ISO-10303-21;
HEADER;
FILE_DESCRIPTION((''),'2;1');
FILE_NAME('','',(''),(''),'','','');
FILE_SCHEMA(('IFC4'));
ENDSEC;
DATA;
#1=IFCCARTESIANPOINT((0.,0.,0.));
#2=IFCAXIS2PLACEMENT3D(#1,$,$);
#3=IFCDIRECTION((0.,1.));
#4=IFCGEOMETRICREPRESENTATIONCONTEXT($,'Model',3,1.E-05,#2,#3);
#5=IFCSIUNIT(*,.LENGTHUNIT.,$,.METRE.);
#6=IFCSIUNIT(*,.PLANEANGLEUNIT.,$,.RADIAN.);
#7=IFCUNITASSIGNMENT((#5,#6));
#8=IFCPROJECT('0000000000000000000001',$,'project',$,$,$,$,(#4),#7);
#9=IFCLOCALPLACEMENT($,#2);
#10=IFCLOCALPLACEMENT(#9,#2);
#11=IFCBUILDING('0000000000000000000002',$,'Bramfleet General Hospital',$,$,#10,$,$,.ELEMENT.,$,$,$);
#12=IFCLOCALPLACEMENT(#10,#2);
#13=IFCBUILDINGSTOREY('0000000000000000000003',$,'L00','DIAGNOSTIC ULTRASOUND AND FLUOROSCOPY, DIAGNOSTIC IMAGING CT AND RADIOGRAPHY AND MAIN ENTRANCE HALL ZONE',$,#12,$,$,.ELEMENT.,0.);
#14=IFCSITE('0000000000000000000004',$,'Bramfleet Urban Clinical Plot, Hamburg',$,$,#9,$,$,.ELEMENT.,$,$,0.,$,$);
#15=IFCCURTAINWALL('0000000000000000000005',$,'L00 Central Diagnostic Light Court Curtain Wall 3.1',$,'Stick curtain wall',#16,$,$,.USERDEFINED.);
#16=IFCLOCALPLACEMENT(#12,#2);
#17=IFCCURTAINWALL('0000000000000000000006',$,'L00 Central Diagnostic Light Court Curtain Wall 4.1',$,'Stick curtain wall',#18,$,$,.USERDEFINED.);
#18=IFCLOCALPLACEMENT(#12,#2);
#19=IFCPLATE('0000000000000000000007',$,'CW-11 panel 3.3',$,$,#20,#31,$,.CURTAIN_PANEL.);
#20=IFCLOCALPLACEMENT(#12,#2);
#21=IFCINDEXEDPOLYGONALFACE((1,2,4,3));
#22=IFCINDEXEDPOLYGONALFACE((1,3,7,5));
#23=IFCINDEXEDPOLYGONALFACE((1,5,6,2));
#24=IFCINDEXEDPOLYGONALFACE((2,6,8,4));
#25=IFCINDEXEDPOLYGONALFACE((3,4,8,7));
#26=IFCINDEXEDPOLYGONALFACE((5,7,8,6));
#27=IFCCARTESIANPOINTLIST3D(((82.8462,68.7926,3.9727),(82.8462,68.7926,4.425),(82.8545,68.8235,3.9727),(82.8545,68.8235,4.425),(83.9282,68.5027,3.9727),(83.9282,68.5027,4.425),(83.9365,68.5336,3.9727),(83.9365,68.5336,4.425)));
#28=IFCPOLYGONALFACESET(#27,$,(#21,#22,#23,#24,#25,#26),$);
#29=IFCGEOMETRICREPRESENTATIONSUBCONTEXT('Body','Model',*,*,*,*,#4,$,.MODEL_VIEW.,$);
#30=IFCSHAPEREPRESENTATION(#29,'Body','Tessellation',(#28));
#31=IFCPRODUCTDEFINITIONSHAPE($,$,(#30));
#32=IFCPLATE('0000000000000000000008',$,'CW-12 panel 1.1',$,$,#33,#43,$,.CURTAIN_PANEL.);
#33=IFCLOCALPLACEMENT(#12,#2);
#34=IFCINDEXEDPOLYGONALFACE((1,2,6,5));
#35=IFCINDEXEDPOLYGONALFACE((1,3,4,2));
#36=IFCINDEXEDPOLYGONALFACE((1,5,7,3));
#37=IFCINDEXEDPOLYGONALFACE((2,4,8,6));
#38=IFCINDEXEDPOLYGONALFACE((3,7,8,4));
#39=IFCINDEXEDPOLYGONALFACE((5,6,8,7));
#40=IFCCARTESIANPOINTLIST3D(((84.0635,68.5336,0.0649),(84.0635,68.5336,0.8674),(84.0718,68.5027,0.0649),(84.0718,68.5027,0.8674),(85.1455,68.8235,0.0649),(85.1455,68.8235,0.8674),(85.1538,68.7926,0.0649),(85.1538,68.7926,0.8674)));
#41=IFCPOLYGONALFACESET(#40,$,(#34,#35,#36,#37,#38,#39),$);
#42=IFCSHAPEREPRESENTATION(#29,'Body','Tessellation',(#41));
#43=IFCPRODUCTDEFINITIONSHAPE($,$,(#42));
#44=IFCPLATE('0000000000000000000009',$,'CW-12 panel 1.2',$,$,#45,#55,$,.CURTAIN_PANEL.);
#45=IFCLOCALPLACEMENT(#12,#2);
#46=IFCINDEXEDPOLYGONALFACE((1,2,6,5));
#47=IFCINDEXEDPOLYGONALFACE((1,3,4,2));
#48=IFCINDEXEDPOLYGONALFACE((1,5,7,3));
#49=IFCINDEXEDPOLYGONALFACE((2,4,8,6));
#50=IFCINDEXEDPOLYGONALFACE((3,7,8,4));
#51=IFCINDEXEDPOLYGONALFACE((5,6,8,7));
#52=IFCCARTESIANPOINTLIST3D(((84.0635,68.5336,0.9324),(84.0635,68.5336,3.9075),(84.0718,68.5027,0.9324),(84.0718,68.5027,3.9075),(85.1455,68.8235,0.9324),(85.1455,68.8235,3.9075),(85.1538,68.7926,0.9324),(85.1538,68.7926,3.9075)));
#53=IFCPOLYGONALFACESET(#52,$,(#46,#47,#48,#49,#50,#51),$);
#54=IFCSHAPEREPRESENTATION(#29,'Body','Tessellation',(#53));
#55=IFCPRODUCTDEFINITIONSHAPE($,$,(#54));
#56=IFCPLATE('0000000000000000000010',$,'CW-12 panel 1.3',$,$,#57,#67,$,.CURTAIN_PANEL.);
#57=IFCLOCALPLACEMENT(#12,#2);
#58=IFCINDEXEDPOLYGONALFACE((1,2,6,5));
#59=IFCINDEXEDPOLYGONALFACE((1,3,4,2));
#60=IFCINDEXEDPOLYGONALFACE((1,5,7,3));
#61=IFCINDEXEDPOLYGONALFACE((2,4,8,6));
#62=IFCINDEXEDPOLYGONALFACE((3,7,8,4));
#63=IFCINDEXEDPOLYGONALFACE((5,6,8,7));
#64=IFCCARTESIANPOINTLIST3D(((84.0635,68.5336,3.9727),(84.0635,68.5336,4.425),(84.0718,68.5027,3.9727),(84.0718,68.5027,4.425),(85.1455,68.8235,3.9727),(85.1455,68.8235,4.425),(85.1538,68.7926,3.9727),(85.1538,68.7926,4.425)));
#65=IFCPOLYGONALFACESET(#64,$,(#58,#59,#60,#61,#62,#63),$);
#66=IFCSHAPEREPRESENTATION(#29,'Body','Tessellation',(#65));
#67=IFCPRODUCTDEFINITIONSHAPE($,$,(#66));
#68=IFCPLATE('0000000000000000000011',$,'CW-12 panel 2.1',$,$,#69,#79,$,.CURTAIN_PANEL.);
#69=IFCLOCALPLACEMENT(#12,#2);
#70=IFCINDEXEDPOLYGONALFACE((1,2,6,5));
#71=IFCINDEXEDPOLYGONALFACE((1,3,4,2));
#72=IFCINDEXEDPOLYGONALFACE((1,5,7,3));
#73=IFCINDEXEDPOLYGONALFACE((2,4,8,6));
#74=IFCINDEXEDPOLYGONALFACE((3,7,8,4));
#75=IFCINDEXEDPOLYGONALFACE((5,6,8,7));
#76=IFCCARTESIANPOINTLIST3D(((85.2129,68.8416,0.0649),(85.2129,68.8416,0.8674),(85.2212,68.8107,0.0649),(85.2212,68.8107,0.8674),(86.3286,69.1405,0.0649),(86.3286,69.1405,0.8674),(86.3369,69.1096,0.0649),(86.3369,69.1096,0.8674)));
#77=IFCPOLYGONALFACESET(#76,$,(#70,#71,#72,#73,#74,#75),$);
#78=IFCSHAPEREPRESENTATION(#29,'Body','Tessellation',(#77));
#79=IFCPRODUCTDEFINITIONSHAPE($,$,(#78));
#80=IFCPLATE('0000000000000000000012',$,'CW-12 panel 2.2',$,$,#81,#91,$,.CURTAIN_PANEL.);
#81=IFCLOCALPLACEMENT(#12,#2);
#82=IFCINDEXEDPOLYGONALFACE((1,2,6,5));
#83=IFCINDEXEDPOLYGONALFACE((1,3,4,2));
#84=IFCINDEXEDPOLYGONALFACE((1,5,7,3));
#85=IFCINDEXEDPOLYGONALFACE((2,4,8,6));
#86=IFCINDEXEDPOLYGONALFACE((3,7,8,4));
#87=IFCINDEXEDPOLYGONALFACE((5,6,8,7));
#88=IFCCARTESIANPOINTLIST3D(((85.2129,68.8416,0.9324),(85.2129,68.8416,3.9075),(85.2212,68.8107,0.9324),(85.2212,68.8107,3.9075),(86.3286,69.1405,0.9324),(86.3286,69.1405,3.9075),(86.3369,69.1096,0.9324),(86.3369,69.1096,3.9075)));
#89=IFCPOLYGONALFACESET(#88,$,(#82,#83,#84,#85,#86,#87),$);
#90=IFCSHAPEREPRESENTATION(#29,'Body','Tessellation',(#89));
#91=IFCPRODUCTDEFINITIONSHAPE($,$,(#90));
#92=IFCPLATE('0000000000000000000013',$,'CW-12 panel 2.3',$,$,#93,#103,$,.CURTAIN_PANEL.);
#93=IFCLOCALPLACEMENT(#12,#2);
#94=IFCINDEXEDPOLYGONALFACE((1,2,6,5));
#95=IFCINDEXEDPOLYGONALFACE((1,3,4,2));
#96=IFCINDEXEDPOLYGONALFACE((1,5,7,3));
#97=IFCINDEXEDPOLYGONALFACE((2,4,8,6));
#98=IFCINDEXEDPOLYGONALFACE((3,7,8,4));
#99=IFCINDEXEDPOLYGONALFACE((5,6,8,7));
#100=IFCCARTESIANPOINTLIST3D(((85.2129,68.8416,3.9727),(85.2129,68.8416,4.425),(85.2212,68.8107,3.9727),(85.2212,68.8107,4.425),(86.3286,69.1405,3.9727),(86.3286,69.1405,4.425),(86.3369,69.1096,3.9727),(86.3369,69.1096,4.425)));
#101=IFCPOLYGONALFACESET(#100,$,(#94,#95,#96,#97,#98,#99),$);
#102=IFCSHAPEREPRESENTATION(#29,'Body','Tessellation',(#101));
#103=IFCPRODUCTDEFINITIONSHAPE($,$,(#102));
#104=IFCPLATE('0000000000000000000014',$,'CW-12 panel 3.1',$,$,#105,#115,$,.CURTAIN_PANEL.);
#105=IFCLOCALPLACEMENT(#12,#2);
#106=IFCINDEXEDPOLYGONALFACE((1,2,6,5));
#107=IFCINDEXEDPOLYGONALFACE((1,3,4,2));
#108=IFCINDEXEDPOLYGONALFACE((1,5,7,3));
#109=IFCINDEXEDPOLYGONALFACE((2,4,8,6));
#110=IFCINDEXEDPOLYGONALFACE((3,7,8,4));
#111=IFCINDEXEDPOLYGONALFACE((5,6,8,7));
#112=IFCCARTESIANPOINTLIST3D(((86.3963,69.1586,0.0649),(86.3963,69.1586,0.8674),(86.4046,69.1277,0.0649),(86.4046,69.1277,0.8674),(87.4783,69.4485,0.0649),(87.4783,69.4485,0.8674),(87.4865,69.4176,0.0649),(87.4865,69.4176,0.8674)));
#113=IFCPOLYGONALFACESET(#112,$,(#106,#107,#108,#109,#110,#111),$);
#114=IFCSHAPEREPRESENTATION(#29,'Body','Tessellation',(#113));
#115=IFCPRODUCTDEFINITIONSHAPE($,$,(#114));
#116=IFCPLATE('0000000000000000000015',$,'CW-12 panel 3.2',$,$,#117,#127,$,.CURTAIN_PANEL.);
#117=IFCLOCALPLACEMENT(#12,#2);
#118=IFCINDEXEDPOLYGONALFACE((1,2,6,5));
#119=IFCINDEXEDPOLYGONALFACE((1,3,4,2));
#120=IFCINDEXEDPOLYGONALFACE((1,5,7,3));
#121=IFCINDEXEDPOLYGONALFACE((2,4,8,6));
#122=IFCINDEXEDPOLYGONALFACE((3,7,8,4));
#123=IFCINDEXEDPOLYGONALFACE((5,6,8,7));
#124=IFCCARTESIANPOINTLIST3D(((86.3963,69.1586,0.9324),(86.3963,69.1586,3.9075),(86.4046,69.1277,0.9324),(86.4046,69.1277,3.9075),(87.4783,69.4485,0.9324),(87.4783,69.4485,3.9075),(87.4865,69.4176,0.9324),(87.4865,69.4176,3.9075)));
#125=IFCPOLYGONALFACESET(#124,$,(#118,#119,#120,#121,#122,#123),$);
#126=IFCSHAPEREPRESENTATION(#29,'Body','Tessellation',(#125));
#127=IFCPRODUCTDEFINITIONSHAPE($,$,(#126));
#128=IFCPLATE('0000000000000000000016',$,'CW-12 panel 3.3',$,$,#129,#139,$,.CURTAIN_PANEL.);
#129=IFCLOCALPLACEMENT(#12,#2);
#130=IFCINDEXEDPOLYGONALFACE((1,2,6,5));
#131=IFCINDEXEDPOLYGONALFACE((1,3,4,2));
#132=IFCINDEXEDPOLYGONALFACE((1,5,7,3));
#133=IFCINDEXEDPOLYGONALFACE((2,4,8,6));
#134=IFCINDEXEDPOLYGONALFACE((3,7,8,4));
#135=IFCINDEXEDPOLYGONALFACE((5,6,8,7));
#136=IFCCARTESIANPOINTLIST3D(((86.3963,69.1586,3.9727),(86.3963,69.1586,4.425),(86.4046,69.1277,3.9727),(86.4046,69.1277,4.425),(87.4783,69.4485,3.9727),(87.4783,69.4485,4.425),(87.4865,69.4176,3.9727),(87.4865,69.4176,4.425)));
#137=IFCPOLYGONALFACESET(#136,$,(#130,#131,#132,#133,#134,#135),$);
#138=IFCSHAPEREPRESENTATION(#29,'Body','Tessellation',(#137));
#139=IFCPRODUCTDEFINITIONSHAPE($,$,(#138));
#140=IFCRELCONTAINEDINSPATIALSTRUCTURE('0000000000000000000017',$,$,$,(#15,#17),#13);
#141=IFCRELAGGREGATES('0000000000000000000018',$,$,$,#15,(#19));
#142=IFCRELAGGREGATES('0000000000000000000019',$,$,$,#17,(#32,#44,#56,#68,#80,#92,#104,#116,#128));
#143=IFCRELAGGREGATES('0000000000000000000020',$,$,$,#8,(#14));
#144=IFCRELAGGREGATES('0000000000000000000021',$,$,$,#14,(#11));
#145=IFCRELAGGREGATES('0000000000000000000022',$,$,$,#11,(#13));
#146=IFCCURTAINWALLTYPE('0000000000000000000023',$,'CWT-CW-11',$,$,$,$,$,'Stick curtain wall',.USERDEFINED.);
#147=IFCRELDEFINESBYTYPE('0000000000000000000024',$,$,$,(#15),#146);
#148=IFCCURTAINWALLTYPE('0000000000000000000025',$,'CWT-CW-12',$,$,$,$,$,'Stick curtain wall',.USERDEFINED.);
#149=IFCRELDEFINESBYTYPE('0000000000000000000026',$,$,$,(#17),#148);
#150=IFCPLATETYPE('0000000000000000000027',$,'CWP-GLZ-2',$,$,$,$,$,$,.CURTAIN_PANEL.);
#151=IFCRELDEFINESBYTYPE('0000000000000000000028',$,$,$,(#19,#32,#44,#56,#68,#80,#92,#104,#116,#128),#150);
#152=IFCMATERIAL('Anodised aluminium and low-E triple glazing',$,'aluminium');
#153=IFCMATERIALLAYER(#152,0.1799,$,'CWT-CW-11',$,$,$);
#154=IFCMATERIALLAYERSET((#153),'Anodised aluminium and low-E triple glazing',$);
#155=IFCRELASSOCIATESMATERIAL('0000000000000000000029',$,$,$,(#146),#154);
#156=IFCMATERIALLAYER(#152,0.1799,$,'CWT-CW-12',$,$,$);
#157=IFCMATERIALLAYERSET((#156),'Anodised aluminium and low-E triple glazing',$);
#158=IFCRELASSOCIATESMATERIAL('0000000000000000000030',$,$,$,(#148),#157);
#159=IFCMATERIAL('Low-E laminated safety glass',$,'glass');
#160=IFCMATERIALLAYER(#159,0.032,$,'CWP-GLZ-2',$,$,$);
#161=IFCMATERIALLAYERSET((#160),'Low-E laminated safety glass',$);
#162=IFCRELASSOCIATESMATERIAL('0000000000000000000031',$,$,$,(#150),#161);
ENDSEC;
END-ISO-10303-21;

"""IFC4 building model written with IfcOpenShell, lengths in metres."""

from ifc_helpers import new_model, si_unit, direction, frame, origin, origin_2d, place, context, subcontext, project, spatial, rectangle, extrude, material, layer, layer_set, type_object, element, aggregate, save


model = new_model("IFC4")

# Units and contexts
model_context = context("Model", 3, precision=1e-05, world=origin(), true_north=direction((0.0, 1.0)))
body_context = subcontext(model_context, "Body", "Model", "MODEL_VIEW")
ifc_project = project(units=[si_unit("LENGTHUNIT", "METRE"), si_unit("PLANEANGLEUNIT", "RADIAN")], contexts=[model_context])

# Site, building, storey
site_placement = place(None, origin())
site = spatial("IfcSite", under=ifc_project, at=site_placement, Name="Bramfleet Urban Clinical Plot, Hamburg", CompositionType="ELEMENT", RefElevation=0.0)
building_placement = place(site_placement, origin())
building = spatial("IfcBuilding", under=site, at=building_placement, Name="Bramfleet General Hospital", CompositionType="ELEMENT")
storey_placement = place(building_placement, origin())
storey = spatial("IfcBuildingStorey", under=building, at=storey_placement, Name="L00", Description="DIAGNOSTIC ULTRASOUND AND FLUOROSCOPY, DIAGNOSTIC IMAGING CT AND RADIOGRAPHY AND MAIN ENTRANCE HALL ZONE", CompositionType="ELEMENT", Elevation=0.0)

# Curtain wall
ifc_material_1 = material(Name="Anodised aluminium and low-E triple glazing", Category="aluminium")
ifc_layer_1 = layer(ifc_material_1, 0.1799, Name="CWT-CW-11")
ifc_layer_set_1 = layer_set([ifc_layer_1], Name="Anodised aluminium and low-E triple glazing")
curtain_wall_type_1 = type_object("IfcCurtainWallType", Name="CWT-CW-11", ElementType="Stick curtain wall", PredefinedType="USERDEFINED", material=ifc_layer_set_1)
curtain_wall_1_placement = place(storey_placement, origin())
curtain_wall_1 = element("IfcCurtainWall", 1, at=curtain_wall_1_placement, inside=storey, type_object=curtain_wall_type_1, Name="L00 Central Diagnostic Light Court Curtain Wall 3.1", ObjectType="Stick curtain wall", PredefinedType="USERDEFINED")

# Curtain wall
ifc_layer_2 = layer(ifc_material_1, 0.1799, Name="CWT-CW-12")
ifc_layer_set_2 = layer_set([ifc_layer_2], Name="Anodised aluminium and low-E triple glazing")
curtain_wall_type_2 = type_object("IfcCurtainWallType", Name="CWT-CW-12", ElementType="Stick curtain wall", PredefinedType="USERDEFINED", material=ifc_layer_set_2)
curtain_wall_2_placement = place(storey_placement, origin())
curtain_wall_2 = element("IfcCurtainWall", 2, at=curtain_wall_2_placement, inside=storey, type_object=curtain_wall_type_2, Name="L00 Central Diagnostic Light Court Curtain Wall 4.1", ObjectType="Stick curtain wall", PredefinedType="USERDEFINED")

# Plates
ifc_material_2 = material(Name="Low-E laminated safety glass", Category="glass")
ifc_layer_3 = layer(ifc_material_2, 0.032, Name="CWP-GLZ-2")
ifc_layer_set_3 = layer_set([ifc_layer_3], Name="Low-E laminated safety glass")
plate_type = type_object("IfcPlateType", Name="CWP-GLZ-2", PredefinedType="CURTAIN_PANEL", material=ifc_layer_set_3)
plate_1_placement = place(storey_placement, frame((83.3914, 68.6631, 3.9727), z_axis=(0.0, 0.0, 1.0), x_axis=(0.965941, -0.258763, 0.0)))
plate_1 = element("IfcPlate", 3, at=plate_1_placement, type_object=plate_type, Name="CW-11 panel 3.3", PredefinedType="CURTAIN_PANEL", context=body_context, shape_type="SweptSolid", body=[
    extrude(rectangle(XDim=1.1201, YDim=0.032, at=origin_2d()), origin(), (0.0, 0.0, 1.0), 0.4524),
])
aggregate(curtain_wall_1, [plate_1])
plate_2_placement = place(storey_placement, frame((84.6086, 68.6631, 0.0649), z_axis=(0.0, 0.0, 1.0), x_axis=(0.965941, 0.258763, 0.0)))
plate_2 = element("IfcPlate", 4, at=plate_2_placement, type_object=plate_type, Name="CW-12 panel 1.1", PredefinedType="CURTAIN_PANEL", context=body_context, shape_type="SweptSolid", body=[
    extrude(rectangle(XDim=1.1201, YDim=0.032, at=origin_2d()), origin(), (0.0, 0.0, 1.0), 0.8025),
])
plate_3_placement = place(storey_placement, frame((84.6086, 68.6631, 0.9324), z_axis=(0.0, 0.0, 1.0), x_axis=(0.965941, 0.258763, 0.0)))
plate_3 = element("IfcPlate", 5, at=plate_3_placement, type_object=plate_type, Name="CW-12 panel 1.2", PredefinedType="CURTAIN_PANEL", context=body_context, shape_type="SweptSolid", body=[
    extrude(rectangle(XDim=1.1201, YDim=0.032, at=origin_2d()), origin(), (0.0, 0.0, 1.0), 2.9751),
])
plate_4_placement = place(storey_placement, frame((84.6086, 68.6631, 3.9727), z_axis=(0.0, 0.0, 1.0), x_axis=(0.965941, 0.258763, 0.0)))
plate_4 = element("IfcPlate", 6, at=plate_4_placement, type_object=plate_type, Name="CW-12 panel 1.3", PredefinedType="CURTAIN_PANEL", context=body_context, shape_type="SweptSolid", body=[
    extrude(rectangle(XDim=1.1201, YDim=0.032, at=origin_2d()), origin(), (0.0, 0.0, 1.0), 0.4524),
])
plate_5_placement = place(storey_placement, frame((85.7749, 68.9756, 0.0649), z_axis=(0.0, 0.0, 1.0), x_axis=(0.965941, 0.258763, 0.0)))
plate_5 = element("IfcPlate", 7, at=plate_5_placement, type_object=plate_type, Name="CW-12 panel 2.1", PredefinedType="CURTAIN_PANEL", context=body_context, shape_type="SweptSolid", body=[
    extrude(rectangle(XDim=1.155, YDim=0.032, at=origin_2d()), origin(), (0.0, 0.0, 1.0), 0.8025),
])
plate_6_placement = place(storey_placement, frame((85.7749, 68.9756, 0.9324), z_axis=(0.0, 0.0, 1.0), x_axis=(0.965941, 0.258763, 0.0)))
plate_6 = element("IfcPlate", 8, at=plate_6_placement, type_object=plate_type, Name="CW-12 panel 2.2", PredefinedType="CURTAIN_PANEL", context=body_context, shape_type="SweptSolid", body=[
    extrude(rectangle(XDim=1.155, YDim=0.032, at=origin_2d()), origin(), (0.0, 0.0, 1.0), 2.9751),
])
plate_7_placement = place(storey_placement, frame((85.7749, 68.9756, 3.9727), z_axis=(0.0, 0.0, 1.0), x_axis=(0.965941, 0.258763, 0.0)))
plate_7 = element("IfcPlate", 9, at=plate_7_placement, type_object=plate_type, Name="CW-12 panel 2.3", PredefinedType="CURTAIN_PANEL", context=body_context, shape_type="SweptSolid", body=[
    extrude(rectangle(XDim=1.155, YDim=0.032, at=origin_2d()), origin(), (0.0, 0.0, 1.0), 0.4524),
])
plate_8_placement = place(storey_placement, frame((86.9414, 69.2881, 0.0649), z_axis=(0.0, 0.0, 1.0), x_axis=(0.965941, 0.258763, 0.0)))
plate_8 = element("IfcPlate", 10, at=plate_8_placement, type_object=plate_type, Name="CW-12 panel 3.1", PredefinedType="CURTAIN_PANEL", context=body_context, shape_type="SweptSolid", body=[
    extrude(rectangle(XDim=1.1201, YDim=0.032, at=origin_2d()), origin(), (0.0, 0.0, 1.0), 0.8025),
])
plate_9_placement = place(storey_placement, frame((86.9414, 69.2881, 0.9324), z_axis=(0.0, 0.0, 1.0), x_axis=(0.965941, 0.258763, 0.0)))
plate_9 = element("IfcPlate", 11, at=plate_9_placement, type_object=plate_type, Name="CW-12 panel 3.2", PredefinedType="CURTAIN_PANEL", context=body_context, shape_type="SweptSolid", body=[
    extrude(rectangle(XDim=1.1201, YDim=0.032, at=origin_2d()), origin(), (0.0, 0.0, 1.0), 2.9751),
])
plate_10_placement = place(storey_placement, frame((86.9414, 69.2881, 3.9727), z_axis=(0.0, 0.0, 1.0), x_axis=(0.965941, 0.258763, 0.0)))
plate_10 = element("IfcPlate", 12, at=plate_10_placement, type_object=plate_type, Name="CW-12 panel 3.3", PredefinedType="CURTAIN_PANEL", context=body_context, shape_type="SweptSolid", body=[
    extrude(rectangle(XDim=1.1201, YDim=0.032, at=origin_2d()), origin(), (0.0, 0.0, 1.0), 0.4524),
])
aggregate(curtain_wall_2, [plate_2, plate_3, plate_4, plate_5, plate_6, plate_7, plate_8, plate_9, plate_10])

save(model, "model.ifc")
